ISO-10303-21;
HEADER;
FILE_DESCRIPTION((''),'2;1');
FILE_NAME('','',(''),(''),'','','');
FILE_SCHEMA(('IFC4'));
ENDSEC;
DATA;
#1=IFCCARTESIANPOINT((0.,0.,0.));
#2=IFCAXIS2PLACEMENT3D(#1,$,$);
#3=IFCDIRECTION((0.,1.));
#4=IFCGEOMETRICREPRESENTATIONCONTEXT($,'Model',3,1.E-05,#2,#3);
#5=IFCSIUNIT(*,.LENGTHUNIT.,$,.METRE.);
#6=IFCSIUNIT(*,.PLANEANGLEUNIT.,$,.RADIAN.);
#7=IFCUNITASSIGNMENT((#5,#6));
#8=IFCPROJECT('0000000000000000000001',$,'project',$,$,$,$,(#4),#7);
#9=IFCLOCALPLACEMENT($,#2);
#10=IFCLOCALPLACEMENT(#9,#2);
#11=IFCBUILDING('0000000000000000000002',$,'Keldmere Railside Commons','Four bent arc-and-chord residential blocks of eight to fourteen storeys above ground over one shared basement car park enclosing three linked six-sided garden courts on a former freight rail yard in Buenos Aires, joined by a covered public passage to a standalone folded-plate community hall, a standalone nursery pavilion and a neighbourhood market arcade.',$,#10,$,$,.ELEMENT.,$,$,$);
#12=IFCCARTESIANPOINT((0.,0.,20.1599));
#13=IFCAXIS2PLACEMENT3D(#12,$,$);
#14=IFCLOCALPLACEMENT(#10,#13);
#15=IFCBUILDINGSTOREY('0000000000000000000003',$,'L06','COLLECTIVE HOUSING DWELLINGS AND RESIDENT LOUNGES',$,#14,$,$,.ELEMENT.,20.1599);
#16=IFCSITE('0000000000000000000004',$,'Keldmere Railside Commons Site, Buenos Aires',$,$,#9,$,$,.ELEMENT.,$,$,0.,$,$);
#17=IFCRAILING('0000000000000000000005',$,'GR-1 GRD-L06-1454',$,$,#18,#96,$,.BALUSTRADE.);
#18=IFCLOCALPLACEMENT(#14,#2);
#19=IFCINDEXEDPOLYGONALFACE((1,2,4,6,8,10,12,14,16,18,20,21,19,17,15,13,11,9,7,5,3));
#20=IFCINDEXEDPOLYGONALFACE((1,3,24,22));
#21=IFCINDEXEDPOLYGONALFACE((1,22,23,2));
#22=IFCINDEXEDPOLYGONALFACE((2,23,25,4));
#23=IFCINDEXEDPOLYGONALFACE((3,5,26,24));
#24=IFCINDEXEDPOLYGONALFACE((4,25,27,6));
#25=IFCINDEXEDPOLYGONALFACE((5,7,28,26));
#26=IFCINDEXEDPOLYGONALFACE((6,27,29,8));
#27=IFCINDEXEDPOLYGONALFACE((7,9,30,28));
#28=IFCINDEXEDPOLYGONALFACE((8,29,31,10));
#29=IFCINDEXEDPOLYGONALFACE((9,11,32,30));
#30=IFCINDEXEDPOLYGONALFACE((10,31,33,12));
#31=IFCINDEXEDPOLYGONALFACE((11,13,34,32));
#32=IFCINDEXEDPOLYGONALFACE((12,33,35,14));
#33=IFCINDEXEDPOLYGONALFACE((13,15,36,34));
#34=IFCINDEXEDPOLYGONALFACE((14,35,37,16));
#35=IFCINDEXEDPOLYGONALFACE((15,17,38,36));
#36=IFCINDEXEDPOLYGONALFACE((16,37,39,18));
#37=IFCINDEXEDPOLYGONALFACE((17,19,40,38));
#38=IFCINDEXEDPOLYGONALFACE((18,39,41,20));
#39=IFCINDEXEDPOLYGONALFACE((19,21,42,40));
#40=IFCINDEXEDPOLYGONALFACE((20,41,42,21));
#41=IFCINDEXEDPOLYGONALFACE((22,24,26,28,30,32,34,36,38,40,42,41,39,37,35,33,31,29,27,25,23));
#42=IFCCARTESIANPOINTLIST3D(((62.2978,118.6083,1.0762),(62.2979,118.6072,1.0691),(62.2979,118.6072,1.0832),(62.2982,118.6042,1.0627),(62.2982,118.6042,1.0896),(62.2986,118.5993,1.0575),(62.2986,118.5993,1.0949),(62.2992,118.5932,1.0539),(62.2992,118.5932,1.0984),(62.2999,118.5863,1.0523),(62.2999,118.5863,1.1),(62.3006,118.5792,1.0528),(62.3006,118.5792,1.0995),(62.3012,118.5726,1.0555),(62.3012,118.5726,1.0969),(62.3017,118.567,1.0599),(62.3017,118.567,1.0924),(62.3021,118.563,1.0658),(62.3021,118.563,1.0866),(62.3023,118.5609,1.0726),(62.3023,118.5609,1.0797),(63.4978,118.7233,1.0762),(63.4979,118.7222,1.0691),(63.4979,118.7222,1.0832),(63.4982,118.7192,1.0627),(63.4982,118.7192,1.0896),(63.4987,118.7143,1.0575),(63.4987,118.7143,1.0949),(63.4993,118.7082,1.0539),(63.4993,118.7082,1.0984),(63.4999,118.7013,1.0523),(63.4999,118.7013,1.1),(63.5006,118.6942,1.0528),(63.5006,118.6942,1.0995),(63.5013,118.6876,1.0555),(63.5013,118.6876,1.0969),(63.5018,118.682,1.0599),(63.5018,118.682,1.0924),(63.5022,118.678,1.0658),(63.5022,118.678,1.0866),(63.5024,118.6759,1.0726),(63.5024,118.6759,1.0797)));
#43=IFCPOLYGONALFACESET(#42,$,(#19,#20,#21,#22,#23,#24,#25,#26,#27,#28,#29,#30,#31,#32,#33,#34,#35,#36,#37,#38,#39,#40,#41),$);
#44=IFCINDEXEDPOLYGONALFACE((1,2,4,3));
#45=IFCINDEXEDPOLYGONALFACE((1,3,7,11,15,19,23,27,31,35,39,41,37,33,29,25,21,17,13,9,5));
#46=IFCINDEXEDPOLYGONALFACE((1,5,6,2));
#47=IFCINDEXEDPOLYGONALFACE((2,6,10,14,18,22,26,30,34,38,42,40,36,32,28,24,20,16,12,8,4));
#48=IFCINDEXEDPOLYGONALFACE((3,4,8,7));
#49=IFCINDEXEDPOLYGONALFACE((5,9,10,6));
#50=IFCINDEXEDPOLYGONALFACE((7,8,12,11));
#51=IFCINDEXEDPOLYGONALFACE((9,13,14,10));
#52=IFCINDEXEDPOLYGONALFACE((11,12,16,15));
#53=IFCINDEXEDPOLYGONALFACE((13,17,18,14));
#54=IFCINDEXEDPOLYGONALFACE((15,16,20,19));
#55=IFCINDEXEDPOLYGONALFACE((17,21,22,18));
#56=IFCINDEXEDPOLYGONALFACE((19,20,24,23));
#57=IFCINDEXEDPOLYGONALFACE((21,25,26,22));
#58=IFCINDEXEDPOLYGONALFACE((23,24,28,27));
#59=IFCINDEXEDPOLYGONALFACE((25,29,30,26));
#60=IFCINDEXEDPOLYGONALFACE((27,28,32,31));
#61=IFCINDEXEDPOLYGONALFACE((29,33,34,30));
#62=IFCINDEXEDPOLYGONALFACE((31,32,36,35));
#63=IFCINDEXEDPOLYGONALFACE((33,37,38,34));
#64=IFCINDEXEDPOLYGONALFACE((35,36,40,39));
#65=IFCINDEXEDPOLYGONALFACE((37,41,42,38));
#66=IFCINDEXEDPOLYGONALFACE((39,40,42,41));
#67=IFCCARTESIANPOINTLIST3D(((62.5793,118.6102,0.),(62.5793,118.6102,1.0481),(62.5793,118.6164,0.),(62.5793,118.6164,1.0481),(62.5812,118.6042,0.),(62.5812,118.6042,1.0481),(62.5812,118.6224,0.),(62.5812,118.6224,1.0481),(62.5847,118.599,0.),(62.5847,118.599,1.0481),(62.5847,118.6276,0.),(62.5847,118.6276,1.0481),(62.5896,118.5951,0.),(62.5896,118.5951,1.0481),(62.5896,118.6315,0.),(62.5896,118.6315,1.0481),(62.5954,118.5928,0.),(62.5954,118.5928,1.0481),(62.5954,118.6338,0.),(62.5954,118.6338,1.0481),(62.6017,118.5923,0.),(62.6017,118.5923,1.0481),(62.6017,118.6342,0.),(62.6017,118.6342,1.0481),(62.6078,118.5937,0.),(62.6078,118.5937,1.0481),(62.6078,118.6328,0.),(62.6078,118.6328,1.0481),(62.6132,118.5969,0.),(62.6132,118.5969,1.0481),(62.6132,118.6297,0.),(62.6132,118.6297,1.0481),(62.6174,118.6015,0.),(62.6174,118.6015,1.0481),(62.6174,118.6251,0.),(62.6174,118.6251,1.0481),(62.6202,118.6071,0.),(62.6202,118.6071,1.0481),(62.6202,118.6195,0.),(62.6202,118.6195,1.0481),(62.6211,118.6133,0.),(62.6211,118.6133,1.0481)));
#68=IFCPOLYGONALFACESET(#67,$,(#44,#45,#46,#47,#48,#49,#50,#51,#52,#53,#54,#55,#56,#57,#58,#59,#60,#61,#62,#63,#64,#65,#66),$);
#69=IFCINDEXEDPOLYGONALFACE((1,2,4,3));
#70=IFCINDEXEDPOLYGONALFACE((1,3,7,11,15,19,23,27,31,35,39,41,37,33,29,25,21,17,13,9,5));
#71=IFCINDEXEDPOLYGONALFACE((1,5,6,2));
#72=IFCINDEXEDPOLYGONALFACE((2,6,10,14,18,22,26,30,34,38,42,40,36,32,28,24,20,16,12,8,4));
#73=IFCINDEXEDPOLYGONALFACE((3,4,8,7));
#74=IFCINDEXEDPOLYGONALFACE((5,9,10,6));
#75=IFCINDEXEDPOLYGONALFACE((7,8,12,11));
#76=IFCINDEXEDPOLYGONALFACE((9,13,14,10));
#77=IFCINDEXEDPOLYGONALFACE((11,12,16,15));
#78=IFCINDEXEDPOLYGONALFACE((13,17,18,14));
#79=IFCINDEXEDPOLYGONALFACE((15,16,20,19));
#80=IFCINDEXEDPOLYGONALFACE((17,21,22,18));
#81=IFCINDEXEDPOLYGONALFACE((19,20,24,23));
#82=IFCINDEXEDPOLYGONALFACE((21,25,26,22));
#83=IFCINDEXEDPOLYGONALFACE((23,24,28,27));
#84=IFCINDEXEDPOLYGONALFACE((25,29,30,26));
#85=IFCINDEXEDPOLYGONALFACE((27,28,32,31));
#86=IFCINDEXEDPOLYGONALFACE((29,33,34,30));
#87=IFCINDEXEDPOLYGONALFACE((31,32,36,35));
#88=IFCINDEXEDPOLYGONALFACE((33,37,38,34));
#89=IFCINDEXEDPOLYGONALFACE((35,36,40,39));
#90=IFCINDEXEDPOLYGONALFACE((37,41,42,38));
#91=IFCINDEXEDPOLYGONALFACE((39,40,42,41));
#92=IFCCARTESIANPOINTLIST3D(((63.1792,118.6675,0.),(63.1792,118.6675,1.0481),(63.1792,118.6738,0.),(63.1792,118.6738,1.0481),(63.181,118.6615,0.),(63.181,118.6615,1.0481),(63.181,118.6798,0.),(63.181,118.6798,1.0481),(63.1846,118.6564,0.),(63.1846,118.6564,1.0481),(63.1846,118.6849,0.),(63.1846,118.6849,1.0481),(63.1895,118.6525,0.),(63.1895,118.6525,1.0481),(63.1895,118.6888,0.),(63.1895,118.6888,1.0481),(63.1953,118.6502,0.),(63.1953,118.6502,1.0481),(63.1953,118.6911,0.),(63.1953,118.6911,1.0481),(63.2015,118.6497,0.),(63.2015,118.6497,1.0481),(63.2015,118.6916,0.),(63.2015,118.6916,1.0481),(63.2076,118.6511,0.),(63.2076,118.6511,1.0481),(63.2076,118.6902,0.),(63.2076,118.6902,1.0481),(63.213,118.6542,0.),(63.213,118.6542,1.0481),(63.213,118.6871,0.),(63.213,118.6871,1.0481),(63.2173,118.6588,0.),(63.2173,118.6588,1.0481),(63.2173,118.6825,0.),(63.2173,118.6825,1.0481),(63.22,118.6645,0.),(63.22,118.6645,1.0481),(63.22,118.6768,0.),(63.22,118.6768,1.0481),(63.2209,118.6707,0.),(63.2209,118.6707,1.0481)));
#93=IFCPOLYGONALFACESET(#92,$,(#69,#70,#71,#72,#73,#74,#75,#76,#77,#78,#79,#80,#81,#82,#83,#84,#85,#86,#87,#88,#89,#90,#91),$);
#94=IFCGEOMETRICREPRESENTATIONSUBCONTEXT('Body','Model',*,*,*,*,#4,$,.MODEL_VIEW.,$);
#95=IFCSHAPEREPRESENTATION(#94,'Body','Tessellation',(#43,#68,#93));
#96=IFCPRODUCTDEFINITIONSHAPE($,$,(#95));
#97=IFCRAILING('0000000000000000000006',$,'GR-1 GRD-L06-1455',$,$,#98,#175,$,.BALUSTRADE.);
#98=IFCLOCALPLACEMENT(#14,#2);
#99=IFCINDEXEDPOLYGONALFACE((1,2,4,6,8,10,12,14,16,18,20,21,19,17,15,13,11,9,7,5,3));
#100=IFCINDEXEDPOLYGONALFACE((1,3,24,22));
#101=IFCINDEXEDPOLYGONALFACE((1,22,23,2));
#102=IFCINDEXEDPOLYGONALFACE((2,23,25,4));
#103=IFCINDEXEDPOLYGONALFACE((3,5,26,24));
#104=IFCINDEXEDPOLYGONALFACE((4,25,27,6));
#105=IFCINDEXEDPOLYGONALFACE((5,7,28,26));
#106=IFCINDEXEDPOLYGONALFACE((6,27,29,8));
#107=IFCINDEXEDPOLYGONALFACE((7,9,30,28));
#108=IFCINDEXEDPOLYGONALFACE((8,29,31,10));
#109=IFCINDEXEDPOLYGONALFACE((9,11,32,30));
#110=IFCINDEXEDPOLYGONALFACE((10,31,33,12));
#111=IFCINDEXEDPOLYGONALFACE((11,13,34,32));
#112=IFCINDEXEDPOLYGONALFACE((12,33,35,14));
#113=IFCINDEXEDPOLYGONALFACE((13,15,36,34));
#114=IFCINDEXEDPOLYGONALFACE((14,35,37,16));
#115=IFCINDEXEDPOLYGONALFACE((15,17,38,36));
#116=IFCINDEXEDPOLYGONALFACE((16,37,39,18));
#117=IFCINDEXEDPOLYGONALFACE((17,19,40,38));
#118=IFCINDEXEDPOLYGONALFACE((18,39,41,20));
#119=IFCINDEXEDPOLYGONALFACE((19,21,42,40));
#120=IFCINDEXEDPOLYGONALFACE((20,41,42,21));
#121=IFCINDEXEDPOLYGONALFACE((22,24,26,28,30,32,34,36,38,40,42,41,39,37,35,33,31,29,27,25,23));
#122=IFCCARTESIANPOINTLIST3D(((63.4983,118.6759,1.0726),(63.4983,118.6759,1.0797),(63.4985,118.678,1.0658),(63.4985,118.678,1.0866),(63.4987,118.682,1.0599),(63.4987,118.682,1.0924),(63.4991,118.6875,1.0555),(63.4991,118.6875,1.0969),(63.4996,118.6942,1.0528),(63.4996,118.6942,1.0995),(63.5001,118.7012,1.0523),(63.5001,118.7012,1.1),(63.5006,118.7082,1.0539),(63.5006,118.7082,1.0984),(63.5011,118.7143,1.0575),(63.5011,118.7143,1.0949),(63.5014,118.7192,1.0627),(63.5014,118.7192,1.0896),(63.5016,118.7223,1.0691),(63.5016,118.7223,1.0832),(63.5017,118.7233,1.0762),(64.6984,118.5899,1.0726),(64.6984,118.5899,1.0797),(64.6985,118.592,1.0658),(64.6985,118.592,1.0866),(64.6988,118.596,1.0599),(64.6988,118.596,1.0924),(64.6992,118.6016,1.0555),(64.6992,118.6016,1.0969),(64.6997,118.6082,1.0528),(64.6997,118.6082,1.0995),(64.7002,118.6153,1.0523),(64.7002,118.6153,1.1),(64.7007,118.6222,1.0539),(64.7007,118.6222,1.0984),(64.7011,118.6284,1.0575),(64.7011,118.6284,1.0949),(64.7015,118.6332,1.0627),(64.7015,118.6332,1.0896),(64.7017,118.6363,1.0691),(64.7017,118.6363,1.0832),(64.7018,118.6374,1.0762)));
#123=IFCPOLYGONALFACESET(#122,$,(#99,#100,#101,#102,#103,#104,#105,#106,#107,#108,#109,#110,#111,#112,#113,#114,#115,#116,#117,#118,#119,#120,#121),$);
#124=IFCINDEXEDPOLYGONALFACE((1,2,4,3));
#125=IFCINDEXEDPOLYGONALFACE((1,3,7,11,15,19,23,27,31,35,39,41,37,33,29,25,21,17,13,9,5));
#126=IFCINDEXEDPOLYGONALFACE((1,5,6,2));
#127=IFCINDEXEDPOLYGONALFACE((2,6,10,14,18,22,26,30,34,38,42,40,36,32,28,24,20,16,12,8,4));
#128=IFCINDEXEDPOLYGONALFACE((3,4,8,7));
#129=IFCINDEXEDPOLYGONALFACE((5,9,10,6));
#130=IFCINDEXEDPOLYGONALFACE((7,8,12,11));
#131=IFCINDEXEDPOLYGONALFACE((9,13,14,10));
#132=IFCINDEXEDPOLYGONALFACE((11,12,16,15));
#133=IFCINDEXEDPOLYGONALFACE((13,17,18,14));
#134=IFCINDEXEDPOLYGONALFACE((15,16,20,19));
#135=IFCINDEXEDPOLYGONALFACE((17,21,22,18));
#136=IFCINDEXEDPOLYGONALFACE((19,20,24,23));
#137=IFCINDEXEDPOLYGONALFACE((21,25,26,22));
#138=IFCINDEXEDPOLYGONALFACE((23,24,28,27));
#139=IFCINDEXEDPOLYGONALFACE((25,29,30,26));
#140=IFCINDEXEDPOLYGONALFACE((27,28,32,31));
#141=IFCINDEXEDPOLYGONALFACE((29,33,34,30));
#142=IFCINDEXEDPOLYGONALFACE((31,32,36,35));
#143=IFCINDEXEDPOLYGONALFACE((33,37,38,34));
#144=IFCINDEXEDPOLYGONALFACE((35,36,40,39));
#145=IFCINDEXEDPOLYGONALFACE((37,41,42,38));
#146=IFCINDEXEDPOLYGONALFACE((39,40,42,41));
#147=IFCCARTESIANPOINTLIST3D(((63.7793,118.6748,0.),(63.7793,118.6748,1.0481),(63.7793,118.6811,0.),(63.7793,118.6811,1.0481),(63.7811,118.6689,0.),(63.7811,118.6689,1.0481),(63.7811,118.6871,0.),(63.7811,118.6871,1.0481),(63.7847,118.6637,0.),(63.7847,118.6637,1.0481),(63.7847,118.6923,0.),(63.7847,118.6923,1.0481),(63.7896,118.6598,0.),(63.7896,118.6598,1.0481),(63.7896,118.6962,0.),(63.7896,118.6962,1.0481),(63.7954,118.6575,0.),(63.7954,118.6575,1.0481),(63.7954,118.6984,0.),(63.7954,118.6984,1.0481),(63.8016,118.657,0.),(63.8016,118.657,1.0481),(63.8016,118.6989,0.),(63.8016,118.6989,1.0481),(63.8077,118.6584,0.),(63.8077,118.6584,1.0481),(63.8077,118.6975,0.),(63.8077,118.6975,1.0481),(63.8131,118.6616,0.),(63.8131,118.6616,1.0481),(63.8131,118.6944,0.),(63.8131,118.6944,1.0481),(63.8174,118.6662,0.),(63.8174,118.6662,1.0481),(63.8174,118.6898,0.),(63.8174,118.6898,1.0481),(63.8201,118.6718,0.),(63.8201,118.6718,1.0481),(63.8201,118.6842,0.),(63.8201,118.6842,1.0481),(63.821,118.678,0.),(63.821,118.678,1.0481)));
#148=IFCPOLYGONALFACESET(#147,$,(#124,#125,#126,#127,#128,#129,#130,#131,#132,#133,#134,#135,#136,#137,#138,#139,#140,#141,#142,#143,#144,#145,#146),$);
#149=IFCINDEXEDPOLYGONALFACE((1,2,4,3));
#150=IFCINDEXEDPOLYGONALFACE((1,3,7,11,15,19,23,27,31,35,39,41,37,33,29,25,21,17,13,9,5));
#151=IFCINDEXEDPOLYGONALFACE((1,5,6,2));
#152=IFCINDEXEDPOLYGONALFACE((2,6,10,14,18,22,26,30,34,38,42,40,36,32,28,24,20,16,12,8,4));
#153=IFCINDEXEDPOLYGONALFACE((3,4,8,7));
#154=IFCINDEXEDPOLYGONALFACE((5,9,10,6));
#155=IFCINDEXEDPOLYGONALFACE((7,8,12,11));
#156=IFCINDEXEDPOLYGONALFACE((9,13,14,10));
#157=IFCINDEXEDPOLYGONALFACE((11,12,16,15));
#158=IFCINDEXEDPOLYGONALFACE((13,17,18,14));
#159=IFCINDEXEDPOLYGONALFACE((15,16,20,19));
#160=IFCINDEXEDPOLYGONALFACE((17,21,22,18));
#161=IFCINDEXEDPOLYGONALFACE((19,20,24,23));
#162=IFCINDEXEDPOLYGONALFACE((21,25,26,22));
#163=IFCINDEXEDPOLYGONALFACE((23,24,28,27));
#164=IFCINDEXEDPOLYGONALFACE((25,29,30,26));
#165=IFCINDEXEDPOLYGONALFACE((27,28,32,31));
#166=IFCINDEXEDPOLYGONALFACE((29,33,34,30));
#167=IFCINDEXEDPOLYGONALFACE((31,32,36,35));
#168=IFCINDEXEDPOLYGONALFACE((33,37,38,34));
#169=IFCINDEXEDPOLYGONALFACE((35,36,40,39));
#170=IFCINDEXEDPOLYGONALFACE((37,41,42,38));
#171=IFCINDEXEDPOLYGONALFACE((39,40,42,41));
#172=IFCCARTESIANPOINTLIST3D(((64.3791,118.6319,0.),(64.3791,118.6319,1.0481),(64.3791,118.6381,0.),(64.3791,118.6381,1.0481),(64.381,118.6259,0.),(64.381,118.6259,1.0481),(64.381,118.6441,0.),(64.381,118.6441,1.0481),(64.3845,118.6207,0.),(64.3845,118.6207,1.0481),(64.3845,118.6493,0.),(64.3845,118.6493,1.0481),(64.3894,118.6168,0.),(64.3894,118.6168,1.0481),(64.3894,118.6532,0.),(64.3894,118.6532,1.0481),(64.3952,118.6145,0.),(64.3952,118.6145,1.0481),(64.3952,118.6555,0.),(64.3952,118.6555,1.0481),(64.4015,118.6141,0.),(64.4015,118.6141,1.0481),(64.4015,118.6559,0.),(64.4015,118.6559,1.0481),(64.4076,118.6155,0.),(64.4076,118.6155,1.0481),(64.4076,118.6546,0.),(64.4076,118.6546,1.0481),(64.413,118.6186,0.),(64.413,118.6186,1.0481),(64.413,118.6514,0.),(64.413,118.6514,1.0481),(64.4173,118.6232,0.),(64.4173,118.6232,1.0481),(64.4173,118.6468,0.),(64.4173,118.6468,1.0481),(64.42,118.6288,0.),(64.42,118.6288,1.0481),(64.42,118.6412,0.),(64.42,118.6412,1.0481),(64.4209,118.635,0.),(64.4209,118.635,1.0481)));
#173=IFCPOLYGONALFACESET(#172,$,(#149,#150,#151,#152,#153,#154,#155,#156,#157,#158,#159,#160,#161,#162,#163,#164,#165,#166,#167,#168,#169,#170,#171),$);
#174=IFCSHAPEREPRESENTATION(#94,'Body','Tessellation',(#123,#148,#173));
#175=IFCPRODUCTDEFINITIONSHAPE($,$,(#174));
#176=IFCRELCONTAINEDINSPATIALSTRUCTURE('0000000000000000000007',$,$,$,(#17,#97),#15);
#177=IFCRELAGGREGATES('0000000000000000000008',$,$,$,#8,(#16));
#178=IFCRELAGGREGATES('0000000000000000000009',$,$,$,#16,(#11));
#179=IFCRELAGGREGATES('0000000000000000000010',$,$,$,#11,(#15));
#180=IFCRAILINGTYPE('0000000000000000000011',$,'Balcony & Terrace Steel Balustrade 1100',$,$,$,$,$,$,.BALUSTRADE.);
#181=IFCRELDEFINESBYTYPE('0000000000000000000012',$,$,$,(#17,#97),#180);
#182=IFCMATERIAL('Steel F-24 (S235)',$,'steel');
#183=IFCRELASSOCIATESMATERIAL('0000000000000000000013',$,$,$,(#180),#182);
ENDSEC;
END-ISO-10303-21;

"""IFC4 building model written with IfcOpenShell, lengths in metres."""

from ifc_helpers import new_model, si_unit, direction, frame, origin, origin_2d, place, context, subcontext, project, spatial, circle, extrude, material, type_object, element, save


model = new_model("IFC4")

# Units and contexts
model_context = context("Model", 3, precision=1e-05, world=origin(), true_north=direction((0.0, 1.0)))
body_context = subcontext(model_context, "Body", "Model", "MODEL_VIEW")
ifc_project = project(units=[si_unit("LENGTHUNIT", "METRE"), si_unit("PLANEANGLEUNIT", "RADIAN")], contexts=[model_context])

# Site, building, storey
site_placement = place(None, origin())
site = spatial("IfcSite", under=ifc_project, at=site_placement, Name="Keldmere Railside Commons Site, Buenos Aires", CompositionType="ELEMENT", RefElevation=0.0)
building_placement = place(site_placement, origin())
building = spatial("IfcBuilding", under=site, at=building_placement, Name="Keldmere Railside Commons", Description="Four bent arc-and-chord residential blocks of eight to fourteen storeys above ground over one shared basement car park enclosing three linked six-sided garden courts on a former freight rail yard in Buenos Aires, joined by a covered public passage to a standalone folded-plate community hall, a standalone nursery pavilion and a neighbourhood market arcade.", CompositionType="ELEMENT")
storey_placement = place(building_placement, frame((0.0, 0.0, 20.1599)))
storey = spatial("IfcBuildingStorey", under=building, at=storey_placement, Name="L06", Description="COLLECTIVE HOUSING DWELLINGS AND RESIDENT LOUNGES", CompositionType="ELEMENT", Elevation=20.1599)

# Railings
ifc_material_1 = material(Name="Steel F-24 (S235)", Category="steel")
railing_type = type_object("IfcRailingType", Name="Balcony & Terrace Steel Balustrade 1100", PredefinedType="BALUSTRADE", material=ifc_material_1)
railing_1_placement = place(storey_placement, frame((62.3, 118.5845, 0.0)))
element("IfcRailing", 1, at=railing_1_placement, inside=storey, type_object=railing_type, Name="GR-1 GRD-L06-1454", PredefinedType="BALUSTRADE", context=body_context, shape_type="SweptSolid", body=[
    extrude(circle(Radius=0.0239, at=origin_2d()), frame((0.0, 0.0, 1.0762), z_axis=(0.99544, 0.095392, 0.0), x_axis=(-0.095392, 0.99544, 0.0)), (0.0, 0.0, 1.0), 1.2056),
    extrude(circle(Radius=0.021, at=origin_2d()), frame((0.3, 0.0288, 0.0)), (0.0, 0.0, 1.0), 1.0481),
    extrude(circle(Radius=0.021, at=origin_2d()), frame((0.8999, 0.0862, 0.0)), (0.0, 0.0, 1.0), 1.0481),
])
railing_2_placement = place(storey_placement, frame((63.5, 118.6995, 0.0)))
element("IfcRailing", 2, at=railing_2_placement, inside=storey, type_object=railing_type, Name="GR-1 GRD-L06-1455", PredefinedType="BALUSTRADE", context=body_context, shape_type="SweptSolid", body=[
    extrude(circle(Radius=0.0239, at=origin_2d()), frame((0.0, 0.0, 1.0762), z_axis=(0.997445, -0.071435, 0.0), x_axis=(0.071435, 0.997445, 0.0)), (0.0, 0.0, 1.0), 1.2031),
    extrude(circle(Radius=0.021, at=origin_2d()), frame((0.3, -0.0215, 0.0)), (0.0, 0.0, 1.0), 1.0481),
    extrude(circle(Radius=0.021, at=origin_2d()), frame((0.8999, -0.0645, 0.0)), (0.0, 0.0, 1.0), 1.0481),
])

save(model, "model.ifc")
